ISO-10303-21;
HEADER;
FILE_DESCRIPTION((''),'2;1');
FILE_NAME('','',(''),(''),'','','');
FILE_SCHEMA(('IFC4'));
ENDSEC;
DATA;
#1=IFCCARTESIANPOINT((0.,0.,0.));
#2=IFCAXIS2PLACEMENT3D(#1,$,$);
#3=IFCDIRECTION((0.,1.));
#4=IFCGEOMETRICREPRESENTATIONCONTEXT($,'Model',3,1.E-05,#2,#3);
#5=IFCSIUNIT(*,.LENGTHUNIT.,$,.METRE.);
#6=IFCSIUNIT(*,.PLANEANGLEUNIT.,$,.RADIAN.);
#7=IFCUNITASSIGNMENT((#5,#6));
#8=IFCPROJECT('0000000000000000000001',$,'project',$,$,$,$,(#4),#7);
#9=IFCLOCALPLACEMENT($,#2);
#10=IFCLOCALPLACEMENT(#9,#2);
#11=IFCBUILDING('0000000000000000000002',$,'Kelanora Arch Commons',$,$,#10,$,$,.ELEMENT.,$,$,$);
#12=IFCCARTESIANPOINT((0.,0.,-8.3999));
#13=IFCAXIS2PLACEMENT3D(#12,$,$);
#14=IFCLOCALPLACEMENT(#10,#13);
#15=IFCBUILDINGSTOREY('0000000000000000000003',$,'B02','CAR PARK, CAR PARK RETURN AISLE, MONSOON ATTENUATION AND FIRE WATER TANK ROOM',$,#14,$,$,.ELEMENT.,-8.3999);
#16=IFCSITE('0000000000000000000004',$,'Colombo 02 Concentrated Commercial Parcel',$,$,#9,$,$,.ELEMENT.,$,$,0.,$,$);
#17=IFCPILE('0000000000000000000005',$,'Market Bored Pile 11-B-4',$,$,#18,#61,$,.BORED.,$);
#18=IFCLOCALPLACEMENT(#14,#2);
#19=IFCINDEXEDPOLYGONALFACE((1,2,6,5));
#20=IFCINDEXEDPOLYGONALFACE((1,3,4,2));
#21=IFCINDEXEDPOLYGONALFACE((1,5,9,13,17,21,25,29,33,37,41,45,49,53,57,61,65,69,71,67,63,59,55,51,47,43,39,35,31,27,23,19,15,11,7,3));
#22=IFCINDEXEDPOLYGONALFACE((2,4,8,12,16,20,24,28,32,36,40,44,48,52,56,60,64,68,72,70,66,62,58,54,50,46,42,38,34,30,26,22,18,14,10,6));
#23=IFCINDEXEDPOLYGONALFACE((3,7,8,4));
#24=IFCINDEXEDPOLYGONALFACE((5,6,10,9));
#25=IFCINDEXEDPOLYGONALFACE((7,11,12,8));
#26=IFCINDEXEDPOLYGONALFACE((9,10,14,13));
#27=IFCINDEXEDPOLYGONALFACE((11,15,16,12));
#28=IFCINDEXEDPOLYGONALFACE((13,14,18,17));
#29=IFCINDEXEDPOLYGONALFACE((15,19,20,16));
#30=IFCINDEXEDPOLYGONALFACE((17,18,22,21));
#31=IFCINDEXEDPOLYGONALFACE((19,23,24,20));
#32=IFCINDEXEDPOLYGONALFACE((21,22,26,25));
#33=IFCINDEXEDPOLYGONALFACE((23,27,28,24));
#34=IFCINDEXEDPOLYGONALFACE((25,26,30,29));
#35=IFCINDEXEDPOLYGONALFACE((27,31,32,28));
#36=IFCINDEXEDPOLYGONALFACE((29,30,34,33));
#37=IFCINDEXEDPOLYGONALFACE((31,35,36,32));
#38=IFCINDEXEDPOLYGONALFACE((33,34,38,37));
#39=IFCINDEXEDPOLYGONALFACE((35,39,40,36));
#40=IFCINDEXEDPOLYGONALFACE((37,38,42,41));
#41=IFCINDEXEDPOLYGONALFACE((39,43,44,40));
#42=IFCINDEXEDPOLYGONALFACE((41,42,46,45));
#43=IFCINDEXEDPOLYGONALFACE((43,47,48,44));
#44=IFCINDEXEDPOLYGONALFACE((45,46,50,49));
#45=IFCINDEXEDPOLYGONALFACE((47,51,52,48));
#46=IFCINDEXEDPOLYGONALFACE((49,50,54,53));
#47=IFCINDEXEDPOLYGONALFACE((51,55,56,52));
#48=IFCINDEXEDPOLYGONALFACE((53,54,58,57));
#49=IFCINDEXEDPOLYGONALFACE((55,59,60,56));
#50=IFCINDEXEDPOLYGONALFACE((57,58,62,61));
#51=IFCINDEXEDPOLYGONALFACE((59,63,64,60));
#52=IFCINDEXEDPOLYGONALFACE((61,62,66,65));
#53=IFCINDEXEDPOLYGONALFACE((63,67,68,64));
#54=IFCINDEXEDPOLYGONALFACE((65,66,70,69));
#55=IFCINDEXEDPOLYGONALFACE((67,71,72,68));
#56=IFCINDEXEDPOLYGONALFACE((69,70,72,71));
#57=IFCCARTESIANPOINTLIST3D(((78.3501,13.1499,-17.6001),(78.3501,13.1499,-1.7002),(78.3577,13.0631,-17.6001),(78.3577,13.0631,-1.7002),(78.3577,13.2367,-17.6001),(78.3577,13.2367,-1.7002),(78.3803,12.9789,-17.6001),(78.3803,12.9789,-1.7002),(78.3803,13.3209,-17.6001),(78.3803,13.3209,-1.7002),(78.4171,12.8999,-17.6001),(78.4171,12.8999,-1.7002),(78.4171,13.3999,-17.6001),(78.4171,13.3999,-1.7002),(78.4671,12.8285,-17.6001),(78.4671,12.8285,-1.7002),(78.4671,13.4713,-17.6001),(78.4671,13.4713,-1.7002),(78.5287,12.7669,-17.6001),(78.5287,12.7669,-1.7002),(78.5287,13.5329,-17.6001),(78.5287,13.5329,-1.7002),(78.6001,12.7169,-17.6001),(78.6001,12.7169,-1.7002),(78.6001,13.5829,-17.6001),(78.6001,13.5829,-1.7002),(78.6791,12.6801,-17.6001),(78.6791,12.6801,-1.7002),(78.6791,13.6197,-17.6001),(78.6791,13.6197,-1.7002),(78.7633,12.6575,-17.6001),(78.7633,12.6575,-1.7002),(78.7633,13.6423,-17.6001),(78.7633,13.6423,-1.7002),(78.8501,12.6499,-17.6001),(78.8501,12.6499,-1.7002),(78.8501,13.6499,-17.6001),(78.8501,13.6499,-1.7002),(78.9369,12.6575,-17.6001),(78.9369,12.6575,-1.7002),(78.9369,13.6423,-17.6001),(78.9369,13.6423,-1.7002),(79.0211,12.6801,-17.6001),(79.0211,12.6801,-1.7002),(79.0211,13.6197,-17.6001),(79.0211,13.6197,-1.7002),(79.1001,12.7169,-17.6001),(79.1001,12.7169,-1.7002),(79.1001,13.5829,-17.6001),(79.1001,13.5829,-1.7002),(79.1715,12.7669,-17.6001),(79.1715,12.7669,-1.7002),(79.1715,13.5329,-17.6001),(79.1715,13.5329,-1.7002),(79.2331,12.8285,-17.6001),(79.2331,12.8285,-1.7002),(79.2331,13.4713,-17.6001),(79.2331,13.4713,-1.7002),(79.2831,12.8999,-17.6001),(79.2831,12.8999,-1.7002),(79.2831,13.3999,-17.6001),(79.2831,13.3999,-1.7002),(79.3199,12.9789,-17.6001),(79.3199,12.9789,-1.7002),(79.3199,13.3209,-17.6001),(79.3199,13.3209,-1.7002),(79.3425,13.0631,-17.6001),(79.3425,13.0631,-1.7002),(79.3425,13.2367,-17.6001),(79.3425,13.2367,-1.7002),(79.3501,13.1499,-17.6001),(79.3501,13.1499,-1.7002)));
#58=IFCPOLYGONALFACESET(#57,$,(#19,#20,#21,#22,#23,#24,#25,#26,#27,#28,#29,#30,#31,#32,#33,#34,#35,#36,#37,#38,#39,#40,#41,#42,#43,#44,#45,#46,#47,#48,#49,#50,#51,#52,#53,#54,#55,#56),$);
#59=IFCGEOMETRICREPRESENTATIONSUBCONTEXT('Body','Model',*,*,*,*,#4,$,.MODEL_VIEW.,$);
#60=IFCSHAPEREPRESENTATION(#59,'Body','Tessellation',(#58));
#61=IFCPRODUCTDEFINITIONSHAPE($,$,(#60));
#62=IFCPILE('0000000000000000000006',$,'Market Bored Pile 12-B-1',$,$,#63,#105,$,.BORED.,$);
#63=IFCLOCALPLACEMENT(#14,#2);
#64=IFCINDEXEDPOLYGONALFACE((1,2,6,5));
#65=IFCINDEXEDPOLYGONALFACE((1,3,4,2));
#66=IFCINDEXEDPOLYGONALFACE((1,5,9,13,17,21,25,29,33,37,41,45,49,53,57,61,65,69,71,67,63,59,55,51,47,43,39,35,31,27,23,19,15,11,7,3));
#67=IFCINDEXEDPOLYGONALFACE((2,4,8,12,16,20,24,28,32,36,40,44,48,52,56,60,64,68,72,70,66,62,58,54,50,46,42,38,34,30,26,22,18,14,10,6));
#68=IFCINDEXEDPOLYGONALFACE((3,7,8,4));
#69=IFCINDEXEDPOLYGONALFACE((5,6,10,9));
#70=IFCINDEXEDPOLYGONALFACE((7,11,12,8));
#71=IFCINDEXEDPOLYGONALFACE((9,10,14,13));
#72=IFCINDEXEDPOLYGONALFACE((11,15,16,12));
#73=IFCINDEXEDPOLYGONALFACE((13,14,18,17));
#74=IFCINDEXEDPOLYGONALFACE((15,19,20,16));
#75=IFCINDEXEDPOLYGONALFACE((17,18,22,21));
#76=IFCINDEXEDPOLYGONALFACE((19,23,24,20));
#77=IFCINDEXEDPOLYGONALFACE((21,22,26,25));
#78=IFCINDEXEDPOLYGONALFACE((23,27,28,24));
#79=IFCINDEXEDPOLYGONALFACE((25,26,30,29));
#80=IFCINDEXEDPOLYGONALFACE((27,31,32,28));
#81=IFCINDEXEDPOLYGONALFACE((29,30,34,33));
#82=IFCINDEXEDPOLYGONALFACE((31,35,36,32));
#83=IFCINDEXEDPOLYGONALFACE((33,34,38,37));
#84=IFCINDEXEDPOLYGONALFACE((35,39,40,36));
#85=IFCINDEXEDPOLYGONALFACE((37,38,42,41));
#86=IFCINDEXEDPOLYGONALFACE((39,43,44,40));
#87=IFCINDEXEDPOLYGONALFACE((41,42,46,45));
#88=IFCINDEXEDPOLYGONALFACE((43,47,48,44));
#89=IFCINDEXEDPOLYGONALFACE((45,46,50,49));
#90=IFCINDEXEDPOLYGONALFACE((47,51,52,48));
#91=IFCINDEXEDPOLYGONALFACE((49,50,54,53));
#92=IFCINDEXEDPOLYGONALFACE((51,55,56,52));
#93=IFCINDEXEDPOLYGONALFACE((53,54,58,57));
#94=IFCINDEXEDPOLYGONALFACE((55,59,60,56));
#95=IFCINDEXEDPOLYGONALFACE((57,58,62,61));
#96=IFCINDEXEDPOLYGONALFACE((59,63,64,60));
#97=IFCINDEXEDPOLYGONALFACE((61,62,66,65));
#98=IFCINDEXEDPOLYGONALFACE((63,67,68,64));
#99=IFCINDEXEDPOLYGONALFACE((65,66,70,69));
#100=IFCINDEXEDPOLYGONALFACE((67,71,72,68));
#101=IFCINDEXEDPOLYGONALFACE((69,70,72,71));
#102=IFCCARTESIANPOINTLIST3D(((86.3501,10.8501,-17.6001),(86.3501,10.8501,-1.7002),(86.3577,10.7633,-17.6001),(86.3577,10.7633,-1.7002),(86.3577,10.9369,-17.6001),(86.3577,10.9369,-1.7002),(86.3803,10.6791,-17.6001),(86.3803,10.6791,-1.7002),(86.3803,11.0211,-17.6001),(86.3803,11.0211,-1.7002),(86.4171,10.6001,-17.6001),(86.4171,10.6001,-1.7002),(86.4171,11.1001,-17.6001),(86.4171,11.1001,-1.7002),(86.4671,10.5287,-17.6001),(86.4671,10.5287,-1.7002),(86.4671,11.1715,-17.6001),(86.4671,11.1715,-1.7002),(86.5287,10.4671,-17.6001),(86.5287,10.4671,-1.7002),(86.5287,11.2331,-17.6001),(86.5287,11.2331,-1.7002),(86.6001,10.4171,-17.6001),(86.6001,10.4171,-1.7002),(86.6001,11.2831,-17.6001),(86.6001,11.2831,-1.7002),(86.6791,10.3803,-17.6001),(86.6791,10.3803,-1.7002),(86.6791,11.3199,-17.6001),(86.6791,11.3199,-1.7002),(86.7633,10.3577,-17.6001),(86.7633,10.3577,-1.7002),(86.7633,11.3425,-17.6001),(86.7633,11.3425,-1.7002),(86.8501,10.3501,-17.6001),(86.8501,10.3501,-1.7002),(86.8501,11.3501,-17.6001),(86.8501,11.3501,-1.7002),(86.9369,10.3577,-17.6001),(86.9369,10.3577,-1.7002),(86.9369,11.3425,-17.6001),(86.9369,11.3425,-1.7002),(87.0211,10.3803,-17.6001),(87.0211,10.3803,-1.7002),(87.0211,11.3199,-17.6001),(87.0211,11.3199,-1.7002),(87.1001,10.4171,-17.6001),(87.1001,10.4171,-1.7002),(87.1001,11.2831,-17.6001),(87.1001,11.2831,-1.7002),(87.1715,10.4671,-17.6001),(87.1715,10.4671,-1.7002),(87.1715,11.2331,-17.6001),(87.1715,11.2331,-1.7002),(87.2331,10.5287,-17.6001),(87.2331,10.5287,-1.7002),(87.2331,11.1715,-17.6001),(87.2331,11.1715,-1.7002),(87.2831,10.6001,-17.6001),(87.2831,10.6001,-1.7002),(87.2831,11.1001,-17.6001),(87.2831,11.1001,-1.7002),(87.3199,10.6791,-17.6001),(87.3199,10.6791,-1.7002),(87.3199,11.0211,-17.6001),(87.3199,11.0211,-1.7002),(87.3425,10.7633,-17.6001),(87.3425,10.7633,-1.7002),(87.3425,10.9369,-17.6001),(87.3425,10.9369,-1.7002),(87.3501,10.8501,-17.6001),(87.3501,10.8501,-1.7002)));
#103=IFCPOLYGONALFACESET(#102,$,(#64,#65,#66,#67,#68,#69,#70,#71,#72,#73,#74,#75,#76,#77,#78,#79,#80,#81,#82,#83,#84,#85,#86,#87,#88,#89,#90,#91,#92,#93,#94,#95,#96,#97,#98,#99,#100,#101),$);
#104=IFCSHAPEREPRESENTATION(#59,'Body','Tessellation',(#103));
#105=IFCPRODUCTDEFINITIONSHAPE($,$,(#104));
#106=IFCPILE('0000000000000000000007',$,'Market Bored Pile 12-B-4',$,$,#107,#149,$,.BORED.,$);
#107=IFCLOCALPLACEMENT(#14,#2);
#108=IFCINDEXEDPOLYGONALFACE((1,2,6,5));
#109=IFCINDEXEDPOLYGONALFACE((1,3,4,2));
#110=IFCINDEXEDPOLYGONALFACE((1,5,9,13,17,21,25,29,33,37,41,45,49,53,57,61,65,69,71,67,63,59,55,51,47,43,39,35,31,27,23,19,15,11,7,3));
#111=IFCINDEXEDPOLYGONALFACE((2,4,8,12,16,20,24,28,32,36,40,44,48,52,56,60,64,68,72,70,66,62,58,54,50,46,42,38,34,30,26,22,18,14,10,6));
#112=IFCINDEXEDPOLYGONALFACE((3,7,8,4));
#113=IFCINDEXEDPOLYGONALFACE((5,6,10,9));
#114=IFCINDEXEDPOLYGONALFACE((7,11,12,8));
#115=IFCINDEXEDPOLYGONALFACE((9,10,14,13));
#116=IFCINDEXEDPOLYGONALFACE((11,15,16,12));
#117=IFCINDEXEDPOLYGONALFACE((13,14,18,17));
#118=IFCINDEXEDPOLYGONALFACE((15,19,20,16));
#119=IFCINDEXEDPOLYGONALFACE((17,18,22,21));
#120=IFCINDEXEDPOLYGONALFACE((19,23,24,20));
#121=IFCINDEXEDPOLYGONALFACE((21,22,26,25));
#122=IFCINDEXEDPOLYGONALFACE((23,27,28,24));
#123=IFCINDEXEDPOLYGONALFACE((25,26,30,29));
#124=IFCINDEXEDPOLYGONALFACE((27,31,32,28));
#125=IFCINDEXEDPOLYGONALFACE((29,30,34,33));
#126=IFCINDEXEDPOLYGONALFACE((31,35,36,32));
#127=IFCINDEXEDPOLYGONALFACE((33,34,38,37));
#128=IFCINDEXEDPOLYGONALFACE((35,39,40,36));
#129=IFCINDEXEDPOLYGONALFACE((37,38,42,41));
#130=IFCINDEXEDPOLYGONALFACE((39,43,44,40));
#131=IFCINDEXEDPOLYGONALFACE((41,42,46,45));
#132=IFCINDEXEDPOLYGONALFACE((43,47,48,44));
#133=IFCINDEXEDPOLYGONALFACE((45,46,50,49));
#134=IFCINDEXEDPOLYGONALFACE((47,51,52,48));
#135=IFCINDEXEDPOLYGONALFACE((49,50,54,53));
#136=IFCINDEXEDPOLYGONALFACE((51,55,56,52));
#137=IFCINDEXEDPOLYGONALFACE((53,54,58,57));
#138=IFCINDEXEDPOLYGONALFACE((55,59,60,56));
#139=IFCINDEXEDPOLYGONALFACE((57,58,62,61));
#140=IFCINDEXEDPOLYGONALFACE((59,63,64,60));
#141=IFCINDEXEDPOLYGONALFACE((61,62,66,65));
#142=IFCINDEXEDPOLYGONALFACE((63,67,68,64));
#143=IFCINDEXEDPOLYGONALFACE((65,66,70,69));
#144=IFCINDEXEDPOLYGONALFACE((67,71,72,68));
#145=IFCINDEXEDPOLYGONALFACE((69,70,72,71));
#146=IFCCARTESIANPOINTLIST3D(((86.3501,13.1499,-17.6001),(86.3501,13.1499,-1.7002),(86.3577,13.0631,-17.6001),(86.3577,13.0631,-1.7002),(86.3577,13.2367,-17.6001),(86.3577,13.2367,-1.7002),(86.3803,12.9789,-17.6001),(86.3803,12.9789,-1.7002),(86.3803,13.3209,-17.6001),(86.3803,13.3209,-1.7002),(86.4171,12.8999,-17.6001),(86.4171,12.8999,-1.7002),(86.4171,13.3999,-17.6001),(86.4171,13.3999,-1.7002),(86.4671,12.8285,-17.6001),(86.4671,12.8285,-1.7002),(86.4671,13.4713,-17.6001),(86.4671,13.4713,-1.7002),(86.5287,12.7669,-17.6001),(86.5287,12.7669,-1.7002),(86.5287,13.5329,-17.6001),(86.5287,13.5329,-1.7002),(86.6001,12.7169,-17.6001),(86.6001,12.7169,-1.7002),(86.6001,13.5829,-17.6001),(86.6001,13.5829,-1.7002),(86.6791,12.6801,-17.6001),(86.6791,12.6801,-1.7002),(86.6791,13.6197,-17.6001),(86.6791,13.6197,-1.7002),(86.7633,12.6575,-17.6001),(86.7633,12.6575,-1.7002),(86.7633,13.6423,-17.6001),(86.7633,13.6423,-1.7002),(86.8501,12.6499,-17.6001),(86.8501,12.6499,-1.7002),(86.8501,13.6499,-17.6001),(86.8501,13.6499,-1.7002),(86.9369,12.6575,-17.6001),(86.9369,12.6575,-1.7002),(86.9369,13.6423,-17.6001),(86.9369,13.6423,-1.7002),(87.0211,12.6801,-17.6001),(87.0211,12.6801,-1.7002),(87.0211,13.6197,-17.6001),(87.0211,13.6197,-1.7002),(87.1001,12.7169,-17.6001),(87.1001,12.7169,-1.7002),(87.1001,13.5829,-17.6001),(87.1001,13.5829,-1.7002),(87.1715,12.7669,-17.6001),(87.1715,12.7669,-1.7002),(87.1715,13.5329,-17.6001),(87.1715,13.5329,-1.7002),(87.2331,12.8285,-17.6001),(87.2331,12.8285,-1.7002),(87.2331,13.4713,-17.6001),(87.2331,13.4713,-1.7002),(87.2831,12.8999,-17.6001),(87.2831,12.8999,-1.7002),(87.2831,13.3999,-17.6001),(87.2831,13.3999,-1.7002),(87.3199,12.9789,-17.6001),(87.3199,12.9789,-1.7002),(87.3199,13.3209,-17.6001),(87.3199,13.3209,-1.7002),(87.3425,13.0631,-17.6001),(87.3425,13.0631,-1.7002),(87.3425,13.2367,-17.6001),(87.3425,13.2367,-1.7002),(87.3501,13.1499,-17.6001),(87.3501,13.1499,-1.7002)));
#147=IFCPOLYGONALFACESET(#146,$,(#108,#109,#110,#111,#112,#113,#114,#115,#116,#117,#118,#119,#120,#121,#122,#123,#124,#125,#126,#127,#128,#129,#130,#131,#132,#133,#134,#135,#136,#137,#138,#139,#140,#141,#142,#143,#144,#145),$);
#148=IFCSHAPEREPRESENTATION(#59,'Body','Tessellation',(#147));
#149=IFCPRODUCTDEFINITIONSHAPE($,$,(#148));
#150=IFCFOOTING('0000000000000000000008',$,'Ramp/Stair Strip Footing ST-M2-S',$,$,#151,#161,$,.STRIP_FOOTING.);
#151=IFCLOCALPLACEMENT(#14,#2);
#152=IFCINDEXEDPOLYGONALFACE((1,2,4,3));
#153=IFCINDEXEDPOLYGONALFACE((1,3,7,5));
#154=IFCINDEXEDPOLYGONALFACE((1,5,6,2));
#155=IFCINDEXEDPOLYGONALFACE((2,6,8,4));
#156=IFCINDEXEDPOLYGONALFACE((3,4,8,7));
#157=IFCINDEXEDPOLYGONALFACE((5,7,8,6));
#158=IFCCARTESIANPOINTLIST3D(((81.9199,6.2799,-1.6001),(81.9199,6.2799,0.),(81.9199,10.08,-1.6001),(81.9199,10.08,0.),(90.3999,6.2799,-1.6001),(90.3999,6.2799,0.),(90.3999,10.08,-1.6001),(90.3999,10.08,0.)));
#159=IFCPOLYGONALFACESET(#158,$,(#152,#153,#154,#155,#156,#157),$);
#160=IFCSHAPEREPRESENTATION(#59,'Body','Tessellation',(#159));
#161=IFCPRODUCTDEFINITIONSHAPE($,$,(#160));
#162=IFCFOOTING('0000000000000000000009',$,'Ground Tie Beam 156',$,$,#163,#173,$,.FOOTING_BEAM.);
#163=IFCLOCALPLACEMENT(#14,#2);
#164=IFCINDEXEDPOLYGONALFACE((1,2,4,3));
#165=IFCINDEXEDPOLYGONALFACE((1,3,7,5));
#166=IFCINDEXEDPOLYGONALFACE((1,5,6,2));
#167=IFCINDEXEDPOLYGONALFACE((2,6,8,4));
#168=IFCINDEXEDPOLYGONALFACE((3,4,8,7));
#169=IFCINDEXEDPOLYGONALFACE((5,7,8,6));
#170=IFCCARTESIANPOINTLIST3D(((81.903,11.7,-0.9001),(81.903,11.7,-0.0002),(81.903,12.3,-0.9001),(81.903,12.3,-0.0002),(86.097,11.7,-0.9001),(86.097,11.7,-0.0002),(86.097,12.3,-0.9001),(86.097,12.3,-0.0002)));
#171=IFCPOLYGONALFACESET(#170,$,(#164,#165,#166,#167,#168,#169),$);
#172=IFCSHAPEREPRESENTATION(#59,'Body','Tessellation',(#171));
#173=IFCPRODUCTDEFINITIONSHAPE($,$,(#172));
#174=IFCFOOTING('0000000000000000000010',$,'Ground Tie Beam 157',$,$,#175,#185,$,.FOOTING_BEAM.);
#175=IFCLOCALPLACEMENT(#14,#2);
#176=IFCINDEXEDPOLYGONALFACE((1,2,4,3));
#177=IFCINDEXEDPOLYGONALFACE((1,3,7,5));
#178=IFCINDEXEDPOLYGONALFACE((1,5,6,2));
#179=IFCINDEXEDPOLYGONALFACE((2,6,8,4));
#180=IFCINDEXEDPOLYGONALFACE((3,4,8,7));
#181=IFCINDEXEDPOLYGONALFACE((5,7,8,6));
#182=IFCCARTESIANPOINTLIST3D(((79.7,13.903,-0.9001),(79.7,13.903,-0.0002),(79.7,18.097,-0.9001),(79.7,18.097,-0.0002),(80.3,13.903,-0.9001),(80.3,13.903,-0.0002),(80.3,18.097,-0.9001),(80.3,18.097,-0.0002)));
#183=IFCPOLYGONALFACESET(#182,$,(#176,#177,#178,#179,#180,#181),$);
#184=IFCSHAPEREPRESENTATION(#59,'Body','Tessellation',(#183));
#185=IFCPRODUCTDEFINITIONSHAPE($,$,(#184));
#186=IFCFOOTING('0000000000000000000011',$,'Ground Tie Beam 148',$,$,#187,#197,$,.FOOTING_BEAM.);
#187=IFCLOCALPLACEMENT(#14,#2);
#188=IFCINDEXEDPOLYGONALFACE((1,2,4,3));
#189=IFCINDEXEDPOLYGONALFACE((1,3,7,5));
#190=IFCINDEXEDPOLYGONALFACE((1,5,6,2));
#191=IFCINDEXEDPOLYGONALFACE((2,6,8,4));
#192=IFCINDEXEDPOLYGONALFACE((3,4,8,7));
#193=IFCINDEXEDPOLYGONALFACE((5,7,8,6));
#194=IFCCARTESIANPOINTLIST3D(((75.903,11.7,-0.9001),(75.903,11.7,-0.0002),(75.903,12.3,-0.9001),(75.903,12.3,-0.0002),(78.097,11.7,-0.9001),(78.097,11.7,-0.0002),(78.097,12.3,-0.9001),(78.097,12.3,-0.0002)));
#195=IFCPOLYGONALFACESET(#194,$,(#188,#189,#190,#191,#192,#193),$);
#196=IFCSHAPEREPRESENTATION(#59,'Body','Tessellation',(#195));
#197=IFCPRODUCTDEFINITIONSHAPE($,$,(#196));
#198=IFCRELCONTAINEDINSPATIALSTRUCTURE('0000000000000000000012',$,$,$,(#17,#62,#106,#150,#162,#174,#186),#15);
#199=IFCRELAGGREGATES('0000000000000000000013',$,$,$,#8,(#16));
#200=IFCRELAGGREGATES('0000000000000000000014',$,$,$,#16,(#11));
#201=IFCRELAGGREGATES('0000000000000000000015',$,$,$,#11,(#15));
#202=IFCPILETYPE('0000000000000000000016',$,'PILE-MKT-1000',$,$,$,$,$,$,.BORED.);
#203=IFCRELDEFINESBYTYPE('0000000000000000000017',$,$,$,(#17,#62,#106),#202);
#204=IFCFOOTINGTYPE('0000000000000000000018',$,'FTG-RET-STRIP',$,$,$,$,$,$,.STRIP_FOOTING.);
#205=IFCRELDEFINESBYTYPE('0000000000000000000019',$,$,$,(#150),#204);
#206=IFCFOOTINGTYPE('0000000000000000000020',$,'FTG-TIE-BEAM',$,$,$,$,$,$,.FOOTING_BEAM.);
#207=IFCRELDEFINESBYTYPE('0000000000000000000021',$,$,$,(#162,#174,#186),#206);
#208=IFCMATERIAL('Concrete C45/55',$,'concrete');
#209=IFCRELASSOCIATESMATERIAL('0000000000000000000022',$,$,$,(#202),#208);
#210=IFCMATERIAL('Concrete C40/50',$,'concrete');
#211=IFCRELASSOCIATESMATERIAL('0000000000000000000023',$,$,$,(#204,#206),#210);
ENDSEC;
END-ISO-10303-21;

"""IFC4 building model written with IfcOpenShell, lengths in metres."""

from ifc_helpers import new_model, si_unit, direction, frame, origin, origin_2d, place, context, subcontext, project, spatial, rectangle, circle, extrude, source, transform, mapped, material, material_profile, profile_set, type_object, element, save


model = new_model("IFC4")

# Units and contexts
model_context = context("Model", 3, precision=1e-05, world=origin(), true_north=direction((0.0, 1.0)))
body_context = subcontext(model_context, "Body", "Model", "MODEL_VIEW")
ifc_project = project(units=[si_unit("LENGTHUNIT", "METRE"), si_unit("PLANEANGLEUNIT", "RADIAN")], contexts=[model_context])

# Site, building, storey
site_placement = place(None, origin())
site = spatial("IfcSite", under=ifc_project, at=site_placement, Name="Colombo 02 Concentrated Commercial Parcel", CompositionType="ELEMENT", RefElevation=0.0)
building_placement = place(site_placement, origin())
building = spatial("IfcBuilding", under=site, at=building_placement, Name="Kelanora Arch Commons", CompositionType="ELEMENT")
storey_placement = place(building_placement, frame((0.0, 0.0, -8.3999)))
storey = spatial("IfcBuildingStorey", under=building, at=storey_placement, Name="B02", Description="CAR PARK, CAR PARK RETURN AISLE, MONSOON ATTENUATION AND FIRE WATER TANK ROOM", CompositionType="ELEMENT", Elevation=-8.3999)

# Shared definitions
ifc_material_1 = material(Name="Concrete C40/50", Category="concrete")

# Piles
ifc_material_2 = material(Name="Concrete C45/55", Category="concrete")
ifc_material_profile_1 = material_profile(ifc_material_2, circle(Radius=0.5, at=origin_2d()), Name="PILE1000")
ifc_profile_set_1 = profile_set([ifc_material_profile_1], Name="Concrete C45/55")
pile_type = type_object("IfcPileType", Name="PILE-MKT-1000", PredefinedType="BORED", material=ifc_profile_set_1)
shared_shape_1 = source(origin(), body_context, "Body", "SweptSolid", [
    extrude(circle(Radius=0.5, at=origin_2d()), origin(), (0.0, 0.0, 1.0), 15.8999),
])
for number, where, z_axis, x_axis, name in (
    (1, (78.8501, 13.1499, -1.7002), (0.0, 0.0, -1.0), (1.0, 0.0, 0.0), "Market Bored Pile 11-B-4"),
    (2, (86.8501, 10.8501, -1.7002), (0.0, 0.0, -1.0), (1.0, 0.0, 0.0), "Market Bored Pile 12-B-1"),
    (3, (86.8501, 13.1499, -1.7002), (0.0, 0.0, -1.0), (1.0, 0.0, 0.0), "Market Bored Pile 12-B-4"),
):
    element("IfcPile", number, at=place(storey_placement, frame(where, z_axis=z_axis, x_axis=x_axis)), inside=storey, type_object=pile_type, Name=name, PredefinedType="BORED", context=body_context, shape_type="MappedRepresentation", body=[
        mapped(shared_shape_1, transform((0.0, 0.0, 0.0), scale=1.0)),
    ])

# Footings
footing_type_1 = type_object("IfcFootingType", Name="FTG-RET-STRIP", PredefinedType="STRIP_FOOTING", material=ifc_material_1)
shared_shape_2 = source(origin(), body_context, "Body", "SweptSolid", [
    extrude(rectangle(XDim=8.48, YDim=3.8, at=origin_2d()), origin(), (0.0, 0.0, 1.0), 1.6001),
])
footing_1_placement = place(storey_placement, frame((86.1599, 8.1799, -1.6001), z_axis=(0.0, 0.0, 1.0), x_axis=(1.0, 0.0, 0.0)))
element("IfcFooting", 4, at=footing_1_placement, inside=storey, type_object=footing_type_1, Name="Ramp/Stair Strip Footing ST-M2-S", PredefinedType="STRIP_FOOTING", context=body_context, shape_type="MappedRepresentation", body=[
    mapped(shared_shape_2, transform((0.0, 0.0, 0.0), scale=1.0)),
])
footing_type_2 = type_object("IfcFootingType", Name="FTG-TIE-BEAM", PredefinedType="FOOTING_BEAM", material=ifc_material_1)
shared_shape_3 = source(origin(), body_context, "Body", "SweptSolid", [
    extrude(rectangle(XDim=4.1941, YDim=0.6001, at=origin_2d()), origin(), (0.0, 0.0, 1.0), 0.8999),
])
for number, where, z_axis, x_axis, name in (
    (5, (84.0, 12.0, -0.9001), (0.0, 0.0, 1.0), (1.0, 0.0, 0.0), "Ground Tie Beam 156"),
    (6, (80.0, 16.0, -0.9001), (0.0, 0.0, 1.0), (0.0, 1.0, 0.0), "Ground Tie Beam 157"),
):
    element("IfcFooting", number, at=place(storey_placement, frame(where, z_axis=z_axis, x_axis=x_axis)), inside=storey, type_object=footing_type_2, Name=name, PredefinedType="FOOTING_BEAM", context=body_context, shape_type="MappedRepresentation", body=[
        mapped(shared_shape_3, transform((0.0, 0.0, 0.0), scale=1.0)),
    ])
shared_shape_4 = source(origin(), body_context, "Body", "SweptSolid", [
    extrude(rectangle(XDim=2.1941, YDim=0.6001, at=origin_2d()), origin(), (0.0, 0.0, 1.0), 0.8999),
])
footing_2_placement = place(storey_placement, frame((77.0, 12.0, -0.9001), z_axis=(0.0, 0.0, 1.0), x_axis=(1.0, 0.0, 0.0)))
element("IfcFooting", 7, at=footing_2_placement, inside=storey, type_object=footing_type_2, Name="Ground Tie Beam 148", PredefinedType="FOOTING_BEAM", context=body_context, shape_type="MappedRepresentation", body=[
    mapped(shared_shape_4, transform((0.0, 0.0, 0.0), scale=1.0)),
])

save(model, "model.ifc")
